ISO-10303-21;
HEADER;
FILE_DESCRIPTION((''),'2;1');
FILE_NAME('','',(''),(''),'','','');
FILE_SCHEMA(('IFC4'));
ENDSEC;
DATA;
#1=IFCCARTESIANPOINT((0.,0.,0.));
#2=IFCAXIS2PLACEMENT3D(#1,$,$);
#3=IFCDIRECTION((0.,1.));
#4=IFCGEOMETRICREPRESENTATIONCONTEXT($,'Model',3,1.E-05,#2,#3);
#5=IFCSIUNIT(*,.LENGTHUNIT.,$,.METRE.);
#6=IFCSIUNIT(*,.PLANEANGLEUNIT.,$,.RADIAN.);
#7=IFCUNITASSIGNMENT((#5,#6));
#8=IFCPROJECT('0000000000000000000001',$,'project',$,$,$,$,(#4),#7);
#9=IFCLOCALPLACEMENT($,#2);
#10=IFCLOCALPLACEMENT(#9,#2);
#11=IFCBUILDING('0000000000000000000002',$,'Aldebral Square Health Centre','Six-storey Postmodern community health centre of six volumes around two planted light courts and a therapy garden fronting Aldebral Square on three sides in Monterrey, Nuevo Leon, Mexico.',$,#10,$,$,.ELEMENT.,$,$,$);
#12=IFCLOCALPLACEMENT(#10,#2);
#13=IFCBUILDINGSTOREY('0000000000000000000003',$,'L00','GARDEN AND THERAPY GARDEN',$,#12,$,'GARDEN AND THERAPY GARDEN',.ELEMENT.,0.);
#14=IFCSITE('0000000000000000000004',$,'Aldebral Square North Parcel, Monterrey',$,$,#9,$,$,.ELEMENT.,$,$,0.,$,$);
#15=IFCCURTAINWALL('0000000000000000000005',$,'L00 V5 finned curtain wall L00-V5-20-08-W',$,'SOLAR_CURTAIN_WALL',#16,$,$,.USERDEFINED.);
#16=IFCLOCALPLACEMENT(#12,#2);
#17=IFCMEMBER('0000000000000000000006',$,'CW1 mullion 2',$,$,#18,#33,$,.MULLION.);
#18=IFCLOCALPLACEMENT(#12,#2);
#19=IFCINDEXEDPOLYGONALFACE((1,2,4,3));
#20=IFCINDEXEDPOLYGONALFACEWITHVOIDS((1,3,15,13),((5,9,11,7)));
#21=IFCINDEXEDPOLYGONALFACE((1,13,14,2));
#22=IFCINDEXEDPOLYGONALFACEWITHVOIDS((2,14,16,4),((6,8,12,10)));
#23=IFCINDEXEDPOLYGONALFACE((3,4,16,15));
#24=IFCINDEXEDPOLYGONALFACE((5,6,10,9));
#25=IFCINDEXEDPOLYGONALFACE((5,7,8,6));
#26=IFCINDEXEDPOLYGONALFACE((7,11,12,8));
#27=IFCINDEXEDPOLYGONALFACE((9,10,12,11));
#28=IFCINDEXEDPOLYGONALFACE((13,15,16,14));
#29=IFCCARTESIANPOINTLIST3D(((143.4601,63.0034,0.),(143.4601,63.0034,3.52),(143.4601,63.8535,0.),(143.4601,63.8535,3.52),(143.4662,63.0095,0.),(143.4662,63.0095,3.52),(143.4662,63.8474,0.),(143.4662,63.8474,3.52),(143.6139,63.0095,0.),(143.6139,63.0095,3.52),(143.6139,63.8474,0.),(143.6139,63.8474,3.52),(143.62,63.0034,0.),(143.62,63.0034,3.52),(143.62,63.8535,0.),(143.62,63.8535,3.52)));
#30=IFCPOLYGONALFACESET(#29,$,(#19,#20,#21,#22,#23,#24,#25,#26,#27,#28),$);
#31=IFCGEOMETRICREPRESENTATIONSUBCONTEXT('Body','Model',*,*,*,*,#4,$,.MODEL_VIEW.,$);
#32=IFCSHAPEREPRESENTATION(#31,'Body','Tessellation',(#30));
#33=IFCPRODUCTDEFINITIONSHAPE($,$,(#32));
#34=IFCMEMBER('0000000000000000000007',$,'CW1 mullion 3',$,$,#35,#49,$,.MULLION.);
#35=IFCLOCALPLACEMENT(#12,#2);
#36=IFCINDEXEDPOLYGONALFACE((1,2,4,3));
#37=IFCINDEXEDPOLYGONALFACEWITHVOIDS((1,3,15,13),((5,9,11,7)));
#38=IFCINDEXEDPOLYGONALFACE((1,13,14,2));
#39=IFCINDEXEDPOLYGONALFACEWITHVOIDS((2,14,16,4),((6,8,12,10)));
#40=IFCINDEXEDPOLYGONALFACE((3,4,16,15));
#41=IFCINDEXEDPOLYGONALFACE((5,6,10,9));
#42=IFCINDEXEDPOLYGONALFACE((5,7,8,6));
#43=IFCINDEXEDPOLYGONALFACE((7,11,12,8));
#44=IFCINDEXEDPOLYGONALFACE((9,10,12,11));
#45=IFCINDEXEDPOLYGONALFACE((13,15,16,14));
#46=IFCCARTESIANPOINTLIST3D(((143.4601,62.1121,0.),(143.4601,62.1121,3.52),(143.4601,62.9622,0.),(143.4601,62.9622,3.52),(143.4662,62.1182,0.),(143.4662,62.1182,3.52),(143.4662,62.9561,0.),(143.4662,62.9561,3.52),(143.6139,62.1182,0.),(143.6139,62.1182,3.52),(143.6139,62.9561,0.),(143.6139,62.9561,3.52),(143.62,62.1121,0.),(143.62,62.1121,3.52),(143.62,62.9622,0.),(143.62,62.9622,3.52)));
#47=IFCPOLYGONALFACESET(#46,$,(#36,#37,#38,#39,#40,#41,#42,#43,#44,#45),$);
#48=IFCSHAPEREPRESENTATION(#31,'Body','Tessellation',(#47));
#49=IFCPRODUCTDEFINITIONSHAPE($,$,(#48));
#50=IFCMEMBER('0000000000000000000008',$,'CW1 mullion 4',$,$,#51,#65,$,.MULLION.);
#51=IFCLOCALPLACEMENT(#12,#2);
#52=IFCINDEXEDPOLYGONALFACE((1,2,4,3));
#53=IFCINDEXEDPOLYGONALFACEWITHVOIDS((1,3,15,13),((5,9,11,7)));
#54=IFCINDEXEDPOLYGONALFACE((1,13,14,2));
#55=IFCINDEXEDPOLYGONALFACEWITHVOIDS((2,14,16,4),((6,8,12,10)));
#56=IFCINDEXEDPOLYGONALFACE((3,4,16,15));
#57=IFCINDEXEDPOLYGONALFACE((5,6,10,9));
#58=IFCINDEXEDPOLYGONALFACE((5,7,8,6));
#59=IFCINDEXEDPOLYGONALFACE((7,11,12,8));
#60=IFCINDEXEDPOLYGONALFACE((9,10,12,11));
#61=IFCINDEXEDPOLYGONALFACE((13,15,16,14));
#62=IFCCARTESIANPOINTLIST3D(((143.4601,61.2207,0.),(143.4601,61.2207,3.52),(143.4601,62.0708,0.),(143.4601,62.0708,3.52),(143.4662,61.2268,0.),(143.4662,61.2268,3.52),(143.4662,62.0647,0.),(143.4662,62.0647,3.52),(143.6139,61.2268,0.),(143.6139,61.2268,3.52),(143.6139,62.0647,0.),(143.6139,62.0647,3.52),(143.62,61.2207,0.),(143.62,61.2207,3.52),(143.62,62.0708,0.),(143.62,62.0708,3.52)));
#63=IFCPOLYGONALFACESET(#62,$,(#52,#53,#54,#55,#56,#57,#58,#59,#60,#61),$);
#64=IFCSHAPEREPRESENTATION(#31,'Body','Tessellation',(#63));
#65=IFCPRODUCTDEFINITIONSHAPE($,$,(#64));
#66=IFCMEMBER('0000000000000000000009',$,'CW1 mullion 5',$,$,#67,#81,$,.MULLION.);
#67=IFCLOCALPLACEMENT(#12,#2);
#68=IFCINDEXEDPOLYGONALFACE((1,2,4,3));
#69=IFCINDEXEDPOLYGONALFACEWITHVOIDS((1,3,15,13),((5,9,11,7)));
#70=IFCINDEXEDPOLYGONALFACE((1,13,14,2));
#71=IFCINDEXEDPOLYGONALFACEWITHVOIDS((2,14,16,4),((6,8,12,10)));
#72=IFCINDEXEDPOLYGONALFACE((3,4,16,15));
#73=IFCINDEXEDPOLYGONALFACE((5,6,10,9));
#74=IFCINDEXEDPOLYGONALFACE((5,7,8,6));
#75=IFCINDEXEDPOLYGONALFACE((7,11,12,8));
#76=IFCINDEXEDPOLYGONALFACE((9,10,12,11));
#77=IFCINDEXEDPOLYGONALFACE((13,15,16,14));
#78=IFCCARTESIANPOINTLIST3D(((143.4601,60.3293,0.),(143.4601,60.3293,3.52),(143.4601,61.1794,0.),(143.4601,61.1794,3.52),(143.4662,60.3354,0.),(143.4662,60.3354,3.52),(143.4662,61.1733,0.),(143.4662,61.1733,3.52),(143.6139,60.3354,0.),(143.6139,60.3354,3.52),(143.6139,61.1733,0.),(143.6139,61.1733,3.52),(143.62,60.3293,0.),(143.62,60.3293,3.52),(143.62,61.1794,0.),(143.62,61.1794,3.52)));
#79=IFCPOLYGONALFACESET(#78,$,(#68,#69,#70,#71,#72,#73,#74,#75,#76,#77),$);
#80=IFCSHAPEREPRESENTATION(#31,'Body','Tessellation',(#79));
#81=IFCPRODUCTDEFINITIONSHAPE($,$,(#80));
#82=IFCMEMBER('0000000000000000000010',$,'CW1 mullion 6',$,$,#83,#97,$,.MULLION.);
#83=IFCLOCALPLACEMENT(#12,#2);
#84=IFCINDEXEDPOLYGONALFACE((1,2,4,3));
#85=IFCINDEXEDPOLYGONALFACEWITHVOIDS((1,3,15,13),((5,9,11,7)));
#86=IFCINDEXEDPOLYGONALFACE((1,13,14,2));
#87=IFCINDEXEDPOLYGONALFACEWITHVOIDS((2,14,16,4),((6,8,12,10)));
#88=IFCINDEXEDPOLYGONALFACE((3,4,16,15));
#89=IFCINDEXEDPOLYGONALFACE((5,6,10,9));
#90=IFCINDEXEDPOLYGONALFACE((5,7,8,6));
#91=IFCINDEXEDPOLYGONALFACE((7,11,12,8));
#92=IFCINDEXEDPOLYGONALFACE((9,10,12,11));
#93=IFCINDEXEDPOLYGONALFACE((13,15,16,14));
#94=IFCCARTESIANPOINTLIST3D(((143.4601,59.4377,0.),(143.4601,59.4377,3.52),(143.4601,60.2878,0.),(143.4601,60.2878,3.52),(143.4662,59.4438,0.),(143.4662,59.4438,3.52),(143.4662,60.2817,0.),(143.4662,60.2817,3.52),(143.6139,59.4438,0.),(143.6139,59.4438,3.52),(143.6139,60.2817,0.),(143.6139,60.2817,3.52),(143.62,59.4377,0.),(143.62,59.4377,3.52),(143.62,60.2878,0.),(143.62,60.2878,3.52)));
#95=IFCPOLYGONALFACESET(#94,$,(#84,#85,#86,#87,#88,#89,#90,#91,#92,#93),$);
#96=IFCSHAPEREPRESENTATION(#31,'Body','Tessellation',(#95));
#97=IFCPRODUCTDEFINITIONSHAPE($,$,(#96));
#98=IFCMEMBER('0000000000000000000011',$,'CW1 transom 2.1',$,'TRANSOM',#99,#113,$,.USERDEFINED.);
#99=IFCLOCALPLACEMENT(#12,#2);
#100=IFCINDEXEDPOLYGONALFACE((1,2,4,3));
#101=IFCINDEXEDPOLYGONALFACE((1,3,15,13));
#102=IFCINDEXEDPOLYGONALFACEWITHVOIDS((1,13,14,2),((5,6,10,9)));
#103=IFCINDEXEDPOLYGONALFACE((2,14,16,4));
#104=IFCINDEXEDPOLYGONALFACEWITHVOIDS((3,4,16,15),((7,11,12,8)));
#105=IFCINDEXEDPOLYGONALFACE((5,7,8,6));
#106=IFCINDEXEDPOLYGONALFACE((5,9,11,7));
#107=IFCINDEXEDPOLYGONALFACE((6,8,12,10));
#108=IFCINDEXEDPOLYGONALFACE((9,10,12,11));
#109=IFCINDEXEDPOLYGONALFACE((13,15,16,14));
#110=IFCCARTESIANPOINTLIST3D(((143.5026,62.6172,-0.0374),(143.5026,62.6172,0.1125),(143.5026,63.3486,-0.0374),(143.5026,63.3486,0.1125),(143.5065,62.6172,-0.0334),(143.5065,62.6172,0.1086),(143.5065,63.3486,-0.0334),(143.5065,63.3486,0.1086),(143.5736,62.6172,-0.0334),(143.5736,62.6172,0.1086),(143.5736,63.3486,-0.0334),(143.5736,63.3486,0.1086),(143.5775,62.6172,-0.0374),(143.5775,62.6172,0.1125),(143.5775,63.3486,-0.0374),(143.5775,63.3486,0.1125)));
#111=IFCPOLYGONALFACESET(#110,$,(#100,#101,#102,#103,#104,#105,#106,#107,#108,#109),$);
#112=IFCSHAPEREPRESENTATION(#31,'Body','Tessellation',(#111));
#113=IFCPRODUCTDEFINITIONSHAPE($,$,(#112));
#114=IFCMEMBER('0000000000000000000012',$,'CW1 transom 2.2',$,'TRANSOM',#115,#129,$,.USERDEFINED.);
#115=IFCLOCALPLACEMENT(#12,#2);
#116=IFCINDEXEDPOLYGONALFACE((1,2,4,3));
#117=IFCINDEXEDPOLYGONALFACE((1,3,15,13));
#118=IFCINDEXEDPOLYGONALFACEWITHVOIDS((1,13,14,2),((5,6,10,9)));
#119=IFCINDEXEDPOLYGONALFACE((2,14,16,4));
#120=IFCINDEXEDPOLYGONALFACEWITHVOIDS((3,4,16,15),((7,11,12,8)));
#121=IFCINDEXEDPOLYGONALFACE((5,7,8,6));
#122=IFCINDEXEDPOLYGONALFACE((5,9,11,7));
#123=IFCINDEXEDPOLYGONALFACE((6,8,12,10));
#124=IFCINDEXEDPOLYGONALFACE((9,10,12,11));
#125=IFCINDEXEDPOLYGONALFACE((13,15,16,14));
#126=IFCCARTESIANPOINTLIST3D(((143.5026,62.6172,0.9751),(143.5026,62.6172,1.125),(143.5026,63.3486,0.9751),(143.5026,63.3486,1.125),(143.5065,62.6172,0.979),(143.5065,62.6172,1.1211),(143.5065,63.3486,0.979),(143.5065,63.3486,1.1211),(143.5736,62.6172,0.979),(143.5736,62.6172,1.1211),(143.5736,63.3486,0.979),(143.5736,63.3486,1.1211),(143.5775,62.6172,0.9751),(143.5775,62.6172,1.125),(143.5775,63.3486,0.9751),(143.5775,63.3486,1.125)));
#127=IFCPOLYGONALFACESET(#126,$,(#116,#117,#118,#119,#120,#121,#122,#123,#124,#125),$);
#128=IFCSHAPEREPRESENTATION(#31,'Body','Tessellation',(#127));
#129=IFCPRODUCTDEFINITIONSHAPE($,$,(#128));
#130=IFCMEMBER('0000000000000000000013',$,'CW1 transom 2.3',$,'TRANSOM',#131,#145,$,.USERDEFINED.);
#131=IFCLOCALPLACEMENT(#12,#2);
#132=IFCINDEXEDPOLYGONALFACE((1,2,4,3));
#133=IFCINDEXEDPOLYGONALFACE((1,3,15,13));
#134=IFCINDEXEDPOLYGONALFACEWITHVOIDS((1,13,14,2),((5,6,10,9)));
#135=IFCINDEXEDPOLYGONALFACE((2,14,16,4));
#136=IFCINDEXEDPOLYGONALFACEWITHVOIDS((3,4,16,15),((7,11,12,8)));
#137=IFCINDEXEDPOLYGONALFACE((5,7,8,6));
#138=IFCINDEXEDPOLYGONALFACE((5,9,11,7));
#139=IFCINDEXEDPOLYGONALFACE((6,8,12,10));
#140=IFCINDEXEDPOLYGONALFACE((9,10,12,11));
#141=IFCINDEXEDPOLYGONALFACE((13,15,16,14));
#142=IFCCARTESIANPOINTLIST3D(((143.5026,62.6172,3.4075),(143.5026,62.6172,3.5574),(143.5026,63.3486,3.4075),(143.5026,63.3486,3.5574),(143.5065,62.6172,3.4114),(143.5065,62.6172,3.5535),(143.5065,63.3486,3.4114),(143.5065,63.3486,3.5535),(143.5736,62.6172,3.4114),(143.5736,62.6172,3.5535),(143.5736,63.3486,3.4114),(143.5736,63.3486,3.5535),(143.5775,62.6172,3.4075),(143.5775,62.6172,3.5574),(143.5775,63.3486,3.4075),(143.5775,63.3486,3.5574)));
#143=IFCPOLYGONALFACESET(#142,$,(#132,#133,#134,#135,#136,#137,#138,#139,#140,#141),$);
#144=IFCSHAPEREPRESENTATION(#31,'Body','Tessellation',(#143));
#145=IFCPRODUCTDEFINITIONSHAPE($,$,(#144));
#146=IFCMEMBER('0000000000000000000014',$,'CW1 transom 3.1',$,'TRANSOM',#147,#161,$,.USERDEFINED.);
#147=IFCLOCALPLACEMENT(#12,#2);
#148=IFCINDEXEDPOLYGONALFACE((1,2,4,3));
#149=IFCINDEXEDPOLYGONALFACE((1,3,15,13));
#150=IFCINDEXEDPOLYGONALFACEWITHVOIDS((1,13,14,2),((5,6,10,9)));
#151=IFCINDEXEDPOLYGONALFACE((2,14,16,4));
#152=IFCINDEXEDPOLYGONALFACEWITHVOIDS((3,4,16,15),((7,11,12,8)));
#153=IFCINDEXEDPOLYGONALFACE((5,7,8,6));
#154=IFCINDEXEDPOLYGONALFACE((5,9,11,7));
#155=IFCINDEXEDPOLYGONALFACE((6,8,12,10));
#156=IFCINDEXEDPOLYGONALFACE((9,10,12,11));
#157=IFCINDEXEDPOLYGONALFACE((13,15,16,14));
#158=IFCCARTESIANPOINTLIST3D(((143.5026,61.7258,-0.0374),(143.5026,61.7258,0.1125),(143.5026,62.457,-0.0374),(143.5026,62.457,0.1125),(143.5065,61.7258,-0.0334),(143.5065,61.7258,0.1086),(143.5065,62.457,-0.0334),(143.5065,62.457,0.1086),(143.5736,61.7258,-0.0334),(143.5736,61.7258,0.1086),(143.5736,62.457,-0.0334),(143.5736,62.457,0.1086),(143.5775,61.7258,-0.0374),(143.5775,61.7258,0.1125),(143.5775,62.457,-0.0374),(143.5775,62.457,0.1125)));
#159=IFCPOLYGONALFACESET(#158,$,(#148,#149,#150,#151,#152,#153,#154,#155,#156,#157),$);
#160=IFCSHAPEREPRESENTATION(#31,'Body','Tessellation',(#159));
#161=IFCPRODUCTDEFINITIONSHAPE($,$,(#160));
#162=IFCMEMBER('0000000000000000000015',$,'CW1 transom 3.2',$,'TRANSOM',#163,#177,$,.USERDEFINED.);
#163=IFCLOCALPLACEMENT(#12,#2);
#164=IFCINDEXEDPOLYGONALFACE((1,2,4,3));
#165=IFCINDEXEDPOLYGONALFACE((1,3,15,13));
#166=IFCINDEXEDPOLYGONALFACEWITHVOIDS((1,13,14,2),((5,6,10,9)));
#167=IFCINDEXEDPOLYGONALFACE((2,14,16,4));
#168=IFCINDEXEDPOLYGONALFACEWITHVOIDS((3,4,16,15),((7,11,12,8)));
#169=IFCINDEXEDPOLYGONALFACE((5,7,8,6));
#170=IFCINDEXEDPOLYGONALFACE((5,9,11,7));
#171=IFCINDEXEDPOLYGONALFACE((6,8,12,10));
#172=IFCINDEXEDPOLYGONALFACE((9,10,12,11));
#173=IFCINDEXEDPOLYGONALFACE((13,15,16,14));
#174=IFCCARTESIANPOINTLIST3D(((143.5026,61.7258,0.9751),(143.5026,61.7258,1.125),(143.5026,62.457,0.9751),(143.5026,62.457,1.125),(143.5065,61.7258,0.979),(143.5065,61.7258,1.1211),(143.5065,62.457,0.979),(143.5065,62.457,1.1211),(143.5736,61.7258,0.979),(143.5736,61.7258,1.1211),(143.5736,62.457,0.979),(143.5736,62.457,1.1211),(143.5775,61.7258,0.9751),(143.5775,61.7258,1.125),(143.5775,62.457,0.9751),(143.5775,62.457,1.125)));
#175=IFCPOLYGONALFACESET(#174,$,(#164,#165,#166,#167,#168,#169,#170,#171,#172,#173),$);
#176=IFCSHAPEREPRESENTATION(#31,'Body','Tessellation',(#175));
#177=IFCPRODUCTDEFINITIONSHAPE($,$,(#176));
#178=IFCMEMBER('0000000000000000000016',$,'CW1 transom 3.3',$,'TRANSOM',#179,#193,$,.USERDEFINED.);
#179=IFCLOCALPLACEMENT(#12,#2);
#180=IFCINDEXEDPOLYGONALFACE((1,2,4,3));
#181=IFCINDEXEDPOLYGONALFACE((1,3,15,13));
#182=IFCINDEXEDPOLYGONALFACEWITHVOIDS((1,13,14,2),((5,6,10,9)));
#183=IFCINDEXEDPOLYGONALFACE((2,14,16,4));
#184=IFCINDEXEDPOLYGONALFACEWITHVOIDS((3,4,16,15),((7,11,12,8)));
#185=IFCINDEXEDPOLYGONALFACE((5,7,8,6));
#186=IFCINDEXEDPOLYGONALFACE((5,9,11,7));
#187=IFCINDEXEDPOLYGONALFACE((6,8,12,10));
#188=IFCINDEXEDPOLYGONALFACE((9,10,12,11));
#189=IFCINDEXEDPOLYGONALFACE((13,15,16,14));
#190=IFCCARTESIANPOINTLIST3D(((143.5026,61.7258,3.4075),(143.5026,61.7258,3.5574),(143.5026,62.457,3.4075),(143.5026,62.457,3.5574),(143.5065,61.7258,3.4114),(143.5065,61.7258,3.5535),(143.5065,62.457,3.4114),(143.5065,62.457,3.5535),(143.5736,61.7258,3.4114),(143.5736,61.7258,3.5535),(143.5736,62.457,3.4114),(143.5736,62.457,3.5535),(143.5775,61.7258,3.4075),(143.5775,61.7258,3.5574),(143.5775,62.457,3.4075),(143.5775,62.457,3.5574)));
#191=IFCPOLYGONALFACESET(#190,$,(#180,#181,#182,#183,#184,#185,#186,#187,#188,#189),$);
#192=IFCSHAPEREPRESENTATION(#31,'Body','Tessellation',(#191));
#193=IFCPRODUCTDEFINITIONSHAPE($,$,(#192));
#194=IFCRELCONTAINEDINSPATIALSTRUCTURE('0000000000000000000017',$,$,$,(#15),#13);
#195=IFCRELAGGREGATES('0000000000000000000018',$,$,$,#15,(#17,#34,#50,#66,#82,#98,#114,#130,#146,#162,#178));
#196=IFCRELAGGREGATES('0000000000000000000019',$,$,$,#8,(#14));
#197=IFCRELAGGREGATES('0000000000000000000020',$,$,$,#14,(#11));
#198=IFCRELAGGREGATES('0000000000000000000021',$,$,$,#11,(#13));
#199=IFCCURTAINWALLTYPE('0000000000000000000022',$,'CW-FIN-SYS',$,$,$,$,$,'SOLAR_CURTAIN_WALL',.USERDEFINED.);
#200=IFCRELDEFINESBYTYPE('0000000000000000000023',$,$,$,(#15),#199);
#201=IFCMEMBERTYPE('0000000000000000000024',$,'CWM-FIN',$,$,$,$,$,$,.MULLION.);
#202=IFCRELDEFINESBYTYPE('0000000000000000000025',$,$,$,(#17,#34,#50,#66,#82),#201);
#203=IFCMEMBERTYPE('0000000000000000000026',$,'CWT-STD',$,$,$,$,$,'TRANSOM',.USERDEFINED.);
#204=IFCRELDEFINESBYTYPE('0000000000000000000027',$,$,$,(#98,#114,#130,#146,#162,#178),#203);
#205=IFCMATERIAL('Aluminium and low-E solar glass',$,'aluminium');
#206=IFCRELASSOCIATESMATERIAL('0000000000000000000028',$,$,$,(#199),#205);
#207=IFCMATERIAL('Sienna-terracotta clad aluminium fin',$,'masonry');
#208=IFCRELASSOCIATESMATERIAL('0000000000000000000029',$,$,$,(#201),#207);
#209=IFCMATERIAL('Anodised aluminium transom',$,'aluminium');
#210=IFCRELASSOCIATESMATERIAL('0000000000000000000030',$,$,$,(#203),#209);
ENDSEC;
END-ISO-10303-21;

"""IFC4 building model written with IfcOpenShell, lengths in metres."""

from ifc_helpers import new_model, si_unit, direction, frame, origin, origin_2d, place, context, subcontext, project, spatial, hollow_rectangle, extrude, material, material_profile, profile_set, type_object, element, aggregate, save


model = new_model("IFC4")

# Units and contexts
model_context = context("Model", 3, precision=1e-05, world=origin(), true_north=direction((0.0, 1.0)))
body_context = subcontext(model_context, "Body", "Model", "MODEL_VIEW")
ifc_project = project(units=[si_unit("LENGTHUNIT", "METRE"), si_unit("PLANEANGLEUNIT", "RADIAN")], contexts=[model_context])

# Site, building, storey
site_placement = place(None, origin())
site = spatial("IfcSite", under=ifc_project, at=site_placement, Name="Aldebral Square North Parcel, Monterrey", CompositionType="ELEMENT", RefElevation=0.0)
building_placement = place(site_placement, origin())
building = spatial("IfcBuilding", under=site, at=building_placement, Name="Aldebral Square Health Centre", Description="Six-storey Postmodern community health centre of six volumes around two planted light courts and a therapy garden fronting Aldebral Square on three sides in Monterrey, Nuevo Leon, Mexico.", CompositionType="ELEMENT")
storey_placement = place(building_placement, origin())
storey = spatial("IfcBuildingStorey", under=building, at=storey_placement, Name="L00", Description="GARDEN AND THERAPY GARDEN", LongName="GARDEN AND THERAPY GARDEN", CompositionType="ELEMENT", Elevation=0.0)

# Curtain wall, members
ifc_material_1 = material(Name="Aluminium and low-E solar glass", Category="aluminium")
curtain_wall_type = type_object("IfcCurtainWallType", Name="CW-FIN-SYS", ElementType="SOLAR_CURTAIN_WALL", PredefinedType="USERDEFINED", material=ifc_material_1)
curtain_wall_placement = place(storey_placement, origin())
curtain_wall = element("IfcCurtainWall", 1, at=curtain_wall_placement, inside=storey, type_object=curtain_wall_type, Name="L00 V5 finned curtain wall L00-V5-20-08-W", ObjectType="SOLAR_CURTAIN_WALL", PredefinedType="USERDEFINED")
ifc_material_2 = material(Name="Sienna-terracotta clad aluminium fin", Category="masonry")
ifc_material_profile_1 = material_profile(ifc_material_2, hollow_rectangle(XDim=0.1599, YDim=0.8501, WallThickness=0.0061, at=origin_2d()), Name="FIN 160x850x6")
ifc_profile_set_1 = profile_set([ifc_material_profile_1], Name="Sienna-terracotta clad aluminium fin")
member_type_1 = type_object("IfcMemberType", Name="CWM-FIN", PredefinedType="MULLION", material=ifc_profile_set_1)
member_1_placement = place(storey_placement, frame((143.54, 63.4285, 0.0), z_axis=(0.0, 0.0, 1.0), x_axis=(1.0, 0.0, 0.0)))
member_1 = element("IfcMember", 2, at=member_1_placement, type_object=member_type_1, Name="CW1 mullion 2", PredefinedType="MULLION", context=body_context, shape_type="SweptSolid", body=[
    extrude(hollow_rectangle(XDim=0.1599, YDim=0.8501, WallThickness=0.0061, at=origin_2d()), origin(), (0.0, 0.0, 1.0), 3.52),
])
member_2_placement = place(storey_placement, frame((143.54, 62.5371, 0.0), z_axis=(0.0, 0.0, 1.0), x_axis=(1.0, 0.0, 0.0)))
member_2 = element("IfcMember", 3, at=member_2_placement, type_object=member_type_1, Name="CW1 mullion 3", PredefinedType="MULLION", context=body_context, shape_type="SweptSolid", body=[
    extrude(hollow_rectangle(XDim=0.1599, YDim=0.8501, WallThickness=0.0061, at=origin_2d()), origin(), (0.0, 0.0, 1.0), 3.52),
])
member_3_placement = place(storey_placement, frame((143.54, 61.6458, 0.0), z_axis=(0.0, 0.0, 1.0), x_axis=(1.0, 0.0, 0.0)))
member_3 = element("IfcMember", 4, at=member_3_placement, type_object=member_type_1, Name="CW1 mullion 4", PredefinedType="MULLION", context=body_context, shape_type="SweptSolid", body=[
    extrude(hollow_rectangle(XDim=0.1599, YDim=0.8501, WallThickness=0.0061, at=origin_2d()), origin(), (0.0, 0.0, 1.0), 3.52),
])
member_4_placement = place(storey_placement, frame((143.54, 60.7544, 0.0), z_axis=(0.0, 0.0, 1.0), x_axis=(1.0, 0.0, 0.0)))
member_4 = element("IfcMember", 5, at=member_4_placement, type_object=member_type_1, Name="CW1 mullion 5", PredefinedType="MULLION", context=body_context, shape_type="SweptSolid", body=[
    extrude(hollow_rectangle(XDim=0.1599, YDim=0.8501, WallThickness=0.0061, at=origin_2d()), origin(), (0.0, 0.0, 1.0), 3.52),
])
member_5_placement = place(storey_placement, frame((143.54, 59.8628, 0.0), z_axis=(0.0, 0.0, 1.0), x_axis=(1.0, 0.0, 0.0)))
member_5 = element("IfcMember", 6, at=member_5_placement, type_object=member_type_1, Name="CW1 mullion 6", PredefinedType="MULLION", context=body_context, shape_type="SweptSolid", body=[
    extrude(hollow_rectangle(XDim=0.1599, YDim=0.8501, WallThickness=0.0061, at=origin_2d()), origin(), (0.0, 0.0, 1.0), 3.52),
])
ifc_material_3 = material(Name="Anodised aluminium transom", Category="aluminium")
ifc_material_profile_2 = material_profile(ifc_material_3, hollow_rectangle(XDim=0.075, YDim=0.1499, WallThickness=0.0039, at=origin_2d()), Name="CWT 75x150x4")
ifc_profile_set_2 = profile_set([ifc_material_profile_2], Name="Anodised aluminium transom")
member_type_2 = type_object("IfcMemberType", Name="CWT-STD", ElementType="TRANSOM", PredefinedType="USERDEFINED", material=ifc_profile_set_2)
member_6_placement = place(storey_placement, frame((143.54, 63.3486, 0.0376), z_axis=(0.0, -1.0, 0.0), x_axis=(1.0, 0.0, 0.0)))
member_6 = element("IfcMember", 7, at=member_6_placement, type_object=member_type_2, Name="CW1 transom 2.1", ObjectType="TRANSOM", PredefinedType="USERDEFINED", context=body_context, shape_type="SweptSolid", body=[
    extrude(hollow_rectangle(XDim=0.075, YDim=0.1499, WallThickness=0.0039, at=origin_2d()), origin(), (0.0, 0.0, 1.0), 0.7314),
])
member_7_placement = place(storey_placement, frame((143.54, 63.3486, 1.05), z_axis=(0.0, -1.0, 0.0), x_axis=(1.0, 0.0, 0.0)))
member_7 = element("IfcMember", 8, at=member_7_placement, type_object=member_type_2, Name="CW1 transom 2.2", ObjectType="TRANSOM", PredefinedType="USERDEFINED", context=body_context, shape_type="SweptSolid", body=[
    extrude(hollow_rectangle(XDim=0.075, YDim=0.1499, WallThickness=0.0039, at=origin_2d()), origin(), (0.0, 0.0, 1.0), 0.7314),
])
member_8_placement = place(storey_placement, frame((143.54, 63.3486, 3.4824), z_axis=(0.0, -1.0, 0.0), x_axis=(1.0, 0.0, 0.0)))
member_8 = element("IfcMember", 9, at=member_8_placement, type_object=member_type_2, Name="CW1 transom 2.3", ObjectType="TRANSOM", PredefinedType="USERDEFINED", context=body_context, shape_type="SweptSolid", body=[
    extrude(hollow_rectangle(XDim=0.075, YDim=0.1499, WallThickness=0.0039, at=origin_2d()), origin(), (0.0, 0.0, 1.0), 0.7314),
])
member_9_placement = place(storey_placement, frame((143.54, 62.457, 0.0376), z_axis=(0.0, -1.0, 0.0), x_axis=(1.0, 0.0, 0.0)))
member_9 = element("IfcMember", 10, at=member_9_placement, type_object=member_type_2, Name="CW1 transom 3.1", ObjectType="TRANSOM", PredefinedType="USERDEFINED", context=body_context, shape_type="SweptSolid", body=[
    extrude(hollow_rectangle(XDim=0.075, YDim=0.1499, WallThickness=0.0039, at=origin_2d()), origin(), (0.0, 0.0, 1.0), 0.7312),
])
member_10_placement = place(storey_placement, frame((143.54, 62.457, 1.05), z_axis=(0.0, -1.0, 0.0), x_axis=(1.0, 0.0, 0.0)))
member_10 = element("IfcMember", 11, at=member_10_placement, type_object=member_type_2, Name="CW1 transom 3.2", ObjectType="TRANSOM", PredefinedType="USERDEFINED", context=body_context, shape_type="SweptSolid", body=[
    extrude(hollow_rectangle(XDim=0.075, YDim=0.1499, WallThickness=0.0039, at=origin_2d()), origin(), (0.0, 0.0, 1.0), 0.7312),
])
member_11_placement = place(storey_placement, frame((143.54, 62.457, 3.4824), z_axis=(0.0, -1.0, 0.0), x_axis=(1.0, 0.0, 0.0)))
member_11 = element("IfcMember", 12, at=member_11_placement, type_object=member_type_2, Name="CW1 transom 3.3", ObjectType="TRANSOM", PredefinedType="USERDEFINED", context=body_context, shape_type="SweptSolid", body=[
    extrude(hollow_rectangle(XDim=0.075, YDim=0.1499, WallThickness=0.0039, at=origin_2d()), origin(), (0.0, 0.0, 1.0), 0.7312),
])
aggregate(curtain_wall, [member_1, member_2, member_3, member_4, member_5, member_6, member_7, member_8, member_9, member_10, member_11])

save(model, "model.ifc")
